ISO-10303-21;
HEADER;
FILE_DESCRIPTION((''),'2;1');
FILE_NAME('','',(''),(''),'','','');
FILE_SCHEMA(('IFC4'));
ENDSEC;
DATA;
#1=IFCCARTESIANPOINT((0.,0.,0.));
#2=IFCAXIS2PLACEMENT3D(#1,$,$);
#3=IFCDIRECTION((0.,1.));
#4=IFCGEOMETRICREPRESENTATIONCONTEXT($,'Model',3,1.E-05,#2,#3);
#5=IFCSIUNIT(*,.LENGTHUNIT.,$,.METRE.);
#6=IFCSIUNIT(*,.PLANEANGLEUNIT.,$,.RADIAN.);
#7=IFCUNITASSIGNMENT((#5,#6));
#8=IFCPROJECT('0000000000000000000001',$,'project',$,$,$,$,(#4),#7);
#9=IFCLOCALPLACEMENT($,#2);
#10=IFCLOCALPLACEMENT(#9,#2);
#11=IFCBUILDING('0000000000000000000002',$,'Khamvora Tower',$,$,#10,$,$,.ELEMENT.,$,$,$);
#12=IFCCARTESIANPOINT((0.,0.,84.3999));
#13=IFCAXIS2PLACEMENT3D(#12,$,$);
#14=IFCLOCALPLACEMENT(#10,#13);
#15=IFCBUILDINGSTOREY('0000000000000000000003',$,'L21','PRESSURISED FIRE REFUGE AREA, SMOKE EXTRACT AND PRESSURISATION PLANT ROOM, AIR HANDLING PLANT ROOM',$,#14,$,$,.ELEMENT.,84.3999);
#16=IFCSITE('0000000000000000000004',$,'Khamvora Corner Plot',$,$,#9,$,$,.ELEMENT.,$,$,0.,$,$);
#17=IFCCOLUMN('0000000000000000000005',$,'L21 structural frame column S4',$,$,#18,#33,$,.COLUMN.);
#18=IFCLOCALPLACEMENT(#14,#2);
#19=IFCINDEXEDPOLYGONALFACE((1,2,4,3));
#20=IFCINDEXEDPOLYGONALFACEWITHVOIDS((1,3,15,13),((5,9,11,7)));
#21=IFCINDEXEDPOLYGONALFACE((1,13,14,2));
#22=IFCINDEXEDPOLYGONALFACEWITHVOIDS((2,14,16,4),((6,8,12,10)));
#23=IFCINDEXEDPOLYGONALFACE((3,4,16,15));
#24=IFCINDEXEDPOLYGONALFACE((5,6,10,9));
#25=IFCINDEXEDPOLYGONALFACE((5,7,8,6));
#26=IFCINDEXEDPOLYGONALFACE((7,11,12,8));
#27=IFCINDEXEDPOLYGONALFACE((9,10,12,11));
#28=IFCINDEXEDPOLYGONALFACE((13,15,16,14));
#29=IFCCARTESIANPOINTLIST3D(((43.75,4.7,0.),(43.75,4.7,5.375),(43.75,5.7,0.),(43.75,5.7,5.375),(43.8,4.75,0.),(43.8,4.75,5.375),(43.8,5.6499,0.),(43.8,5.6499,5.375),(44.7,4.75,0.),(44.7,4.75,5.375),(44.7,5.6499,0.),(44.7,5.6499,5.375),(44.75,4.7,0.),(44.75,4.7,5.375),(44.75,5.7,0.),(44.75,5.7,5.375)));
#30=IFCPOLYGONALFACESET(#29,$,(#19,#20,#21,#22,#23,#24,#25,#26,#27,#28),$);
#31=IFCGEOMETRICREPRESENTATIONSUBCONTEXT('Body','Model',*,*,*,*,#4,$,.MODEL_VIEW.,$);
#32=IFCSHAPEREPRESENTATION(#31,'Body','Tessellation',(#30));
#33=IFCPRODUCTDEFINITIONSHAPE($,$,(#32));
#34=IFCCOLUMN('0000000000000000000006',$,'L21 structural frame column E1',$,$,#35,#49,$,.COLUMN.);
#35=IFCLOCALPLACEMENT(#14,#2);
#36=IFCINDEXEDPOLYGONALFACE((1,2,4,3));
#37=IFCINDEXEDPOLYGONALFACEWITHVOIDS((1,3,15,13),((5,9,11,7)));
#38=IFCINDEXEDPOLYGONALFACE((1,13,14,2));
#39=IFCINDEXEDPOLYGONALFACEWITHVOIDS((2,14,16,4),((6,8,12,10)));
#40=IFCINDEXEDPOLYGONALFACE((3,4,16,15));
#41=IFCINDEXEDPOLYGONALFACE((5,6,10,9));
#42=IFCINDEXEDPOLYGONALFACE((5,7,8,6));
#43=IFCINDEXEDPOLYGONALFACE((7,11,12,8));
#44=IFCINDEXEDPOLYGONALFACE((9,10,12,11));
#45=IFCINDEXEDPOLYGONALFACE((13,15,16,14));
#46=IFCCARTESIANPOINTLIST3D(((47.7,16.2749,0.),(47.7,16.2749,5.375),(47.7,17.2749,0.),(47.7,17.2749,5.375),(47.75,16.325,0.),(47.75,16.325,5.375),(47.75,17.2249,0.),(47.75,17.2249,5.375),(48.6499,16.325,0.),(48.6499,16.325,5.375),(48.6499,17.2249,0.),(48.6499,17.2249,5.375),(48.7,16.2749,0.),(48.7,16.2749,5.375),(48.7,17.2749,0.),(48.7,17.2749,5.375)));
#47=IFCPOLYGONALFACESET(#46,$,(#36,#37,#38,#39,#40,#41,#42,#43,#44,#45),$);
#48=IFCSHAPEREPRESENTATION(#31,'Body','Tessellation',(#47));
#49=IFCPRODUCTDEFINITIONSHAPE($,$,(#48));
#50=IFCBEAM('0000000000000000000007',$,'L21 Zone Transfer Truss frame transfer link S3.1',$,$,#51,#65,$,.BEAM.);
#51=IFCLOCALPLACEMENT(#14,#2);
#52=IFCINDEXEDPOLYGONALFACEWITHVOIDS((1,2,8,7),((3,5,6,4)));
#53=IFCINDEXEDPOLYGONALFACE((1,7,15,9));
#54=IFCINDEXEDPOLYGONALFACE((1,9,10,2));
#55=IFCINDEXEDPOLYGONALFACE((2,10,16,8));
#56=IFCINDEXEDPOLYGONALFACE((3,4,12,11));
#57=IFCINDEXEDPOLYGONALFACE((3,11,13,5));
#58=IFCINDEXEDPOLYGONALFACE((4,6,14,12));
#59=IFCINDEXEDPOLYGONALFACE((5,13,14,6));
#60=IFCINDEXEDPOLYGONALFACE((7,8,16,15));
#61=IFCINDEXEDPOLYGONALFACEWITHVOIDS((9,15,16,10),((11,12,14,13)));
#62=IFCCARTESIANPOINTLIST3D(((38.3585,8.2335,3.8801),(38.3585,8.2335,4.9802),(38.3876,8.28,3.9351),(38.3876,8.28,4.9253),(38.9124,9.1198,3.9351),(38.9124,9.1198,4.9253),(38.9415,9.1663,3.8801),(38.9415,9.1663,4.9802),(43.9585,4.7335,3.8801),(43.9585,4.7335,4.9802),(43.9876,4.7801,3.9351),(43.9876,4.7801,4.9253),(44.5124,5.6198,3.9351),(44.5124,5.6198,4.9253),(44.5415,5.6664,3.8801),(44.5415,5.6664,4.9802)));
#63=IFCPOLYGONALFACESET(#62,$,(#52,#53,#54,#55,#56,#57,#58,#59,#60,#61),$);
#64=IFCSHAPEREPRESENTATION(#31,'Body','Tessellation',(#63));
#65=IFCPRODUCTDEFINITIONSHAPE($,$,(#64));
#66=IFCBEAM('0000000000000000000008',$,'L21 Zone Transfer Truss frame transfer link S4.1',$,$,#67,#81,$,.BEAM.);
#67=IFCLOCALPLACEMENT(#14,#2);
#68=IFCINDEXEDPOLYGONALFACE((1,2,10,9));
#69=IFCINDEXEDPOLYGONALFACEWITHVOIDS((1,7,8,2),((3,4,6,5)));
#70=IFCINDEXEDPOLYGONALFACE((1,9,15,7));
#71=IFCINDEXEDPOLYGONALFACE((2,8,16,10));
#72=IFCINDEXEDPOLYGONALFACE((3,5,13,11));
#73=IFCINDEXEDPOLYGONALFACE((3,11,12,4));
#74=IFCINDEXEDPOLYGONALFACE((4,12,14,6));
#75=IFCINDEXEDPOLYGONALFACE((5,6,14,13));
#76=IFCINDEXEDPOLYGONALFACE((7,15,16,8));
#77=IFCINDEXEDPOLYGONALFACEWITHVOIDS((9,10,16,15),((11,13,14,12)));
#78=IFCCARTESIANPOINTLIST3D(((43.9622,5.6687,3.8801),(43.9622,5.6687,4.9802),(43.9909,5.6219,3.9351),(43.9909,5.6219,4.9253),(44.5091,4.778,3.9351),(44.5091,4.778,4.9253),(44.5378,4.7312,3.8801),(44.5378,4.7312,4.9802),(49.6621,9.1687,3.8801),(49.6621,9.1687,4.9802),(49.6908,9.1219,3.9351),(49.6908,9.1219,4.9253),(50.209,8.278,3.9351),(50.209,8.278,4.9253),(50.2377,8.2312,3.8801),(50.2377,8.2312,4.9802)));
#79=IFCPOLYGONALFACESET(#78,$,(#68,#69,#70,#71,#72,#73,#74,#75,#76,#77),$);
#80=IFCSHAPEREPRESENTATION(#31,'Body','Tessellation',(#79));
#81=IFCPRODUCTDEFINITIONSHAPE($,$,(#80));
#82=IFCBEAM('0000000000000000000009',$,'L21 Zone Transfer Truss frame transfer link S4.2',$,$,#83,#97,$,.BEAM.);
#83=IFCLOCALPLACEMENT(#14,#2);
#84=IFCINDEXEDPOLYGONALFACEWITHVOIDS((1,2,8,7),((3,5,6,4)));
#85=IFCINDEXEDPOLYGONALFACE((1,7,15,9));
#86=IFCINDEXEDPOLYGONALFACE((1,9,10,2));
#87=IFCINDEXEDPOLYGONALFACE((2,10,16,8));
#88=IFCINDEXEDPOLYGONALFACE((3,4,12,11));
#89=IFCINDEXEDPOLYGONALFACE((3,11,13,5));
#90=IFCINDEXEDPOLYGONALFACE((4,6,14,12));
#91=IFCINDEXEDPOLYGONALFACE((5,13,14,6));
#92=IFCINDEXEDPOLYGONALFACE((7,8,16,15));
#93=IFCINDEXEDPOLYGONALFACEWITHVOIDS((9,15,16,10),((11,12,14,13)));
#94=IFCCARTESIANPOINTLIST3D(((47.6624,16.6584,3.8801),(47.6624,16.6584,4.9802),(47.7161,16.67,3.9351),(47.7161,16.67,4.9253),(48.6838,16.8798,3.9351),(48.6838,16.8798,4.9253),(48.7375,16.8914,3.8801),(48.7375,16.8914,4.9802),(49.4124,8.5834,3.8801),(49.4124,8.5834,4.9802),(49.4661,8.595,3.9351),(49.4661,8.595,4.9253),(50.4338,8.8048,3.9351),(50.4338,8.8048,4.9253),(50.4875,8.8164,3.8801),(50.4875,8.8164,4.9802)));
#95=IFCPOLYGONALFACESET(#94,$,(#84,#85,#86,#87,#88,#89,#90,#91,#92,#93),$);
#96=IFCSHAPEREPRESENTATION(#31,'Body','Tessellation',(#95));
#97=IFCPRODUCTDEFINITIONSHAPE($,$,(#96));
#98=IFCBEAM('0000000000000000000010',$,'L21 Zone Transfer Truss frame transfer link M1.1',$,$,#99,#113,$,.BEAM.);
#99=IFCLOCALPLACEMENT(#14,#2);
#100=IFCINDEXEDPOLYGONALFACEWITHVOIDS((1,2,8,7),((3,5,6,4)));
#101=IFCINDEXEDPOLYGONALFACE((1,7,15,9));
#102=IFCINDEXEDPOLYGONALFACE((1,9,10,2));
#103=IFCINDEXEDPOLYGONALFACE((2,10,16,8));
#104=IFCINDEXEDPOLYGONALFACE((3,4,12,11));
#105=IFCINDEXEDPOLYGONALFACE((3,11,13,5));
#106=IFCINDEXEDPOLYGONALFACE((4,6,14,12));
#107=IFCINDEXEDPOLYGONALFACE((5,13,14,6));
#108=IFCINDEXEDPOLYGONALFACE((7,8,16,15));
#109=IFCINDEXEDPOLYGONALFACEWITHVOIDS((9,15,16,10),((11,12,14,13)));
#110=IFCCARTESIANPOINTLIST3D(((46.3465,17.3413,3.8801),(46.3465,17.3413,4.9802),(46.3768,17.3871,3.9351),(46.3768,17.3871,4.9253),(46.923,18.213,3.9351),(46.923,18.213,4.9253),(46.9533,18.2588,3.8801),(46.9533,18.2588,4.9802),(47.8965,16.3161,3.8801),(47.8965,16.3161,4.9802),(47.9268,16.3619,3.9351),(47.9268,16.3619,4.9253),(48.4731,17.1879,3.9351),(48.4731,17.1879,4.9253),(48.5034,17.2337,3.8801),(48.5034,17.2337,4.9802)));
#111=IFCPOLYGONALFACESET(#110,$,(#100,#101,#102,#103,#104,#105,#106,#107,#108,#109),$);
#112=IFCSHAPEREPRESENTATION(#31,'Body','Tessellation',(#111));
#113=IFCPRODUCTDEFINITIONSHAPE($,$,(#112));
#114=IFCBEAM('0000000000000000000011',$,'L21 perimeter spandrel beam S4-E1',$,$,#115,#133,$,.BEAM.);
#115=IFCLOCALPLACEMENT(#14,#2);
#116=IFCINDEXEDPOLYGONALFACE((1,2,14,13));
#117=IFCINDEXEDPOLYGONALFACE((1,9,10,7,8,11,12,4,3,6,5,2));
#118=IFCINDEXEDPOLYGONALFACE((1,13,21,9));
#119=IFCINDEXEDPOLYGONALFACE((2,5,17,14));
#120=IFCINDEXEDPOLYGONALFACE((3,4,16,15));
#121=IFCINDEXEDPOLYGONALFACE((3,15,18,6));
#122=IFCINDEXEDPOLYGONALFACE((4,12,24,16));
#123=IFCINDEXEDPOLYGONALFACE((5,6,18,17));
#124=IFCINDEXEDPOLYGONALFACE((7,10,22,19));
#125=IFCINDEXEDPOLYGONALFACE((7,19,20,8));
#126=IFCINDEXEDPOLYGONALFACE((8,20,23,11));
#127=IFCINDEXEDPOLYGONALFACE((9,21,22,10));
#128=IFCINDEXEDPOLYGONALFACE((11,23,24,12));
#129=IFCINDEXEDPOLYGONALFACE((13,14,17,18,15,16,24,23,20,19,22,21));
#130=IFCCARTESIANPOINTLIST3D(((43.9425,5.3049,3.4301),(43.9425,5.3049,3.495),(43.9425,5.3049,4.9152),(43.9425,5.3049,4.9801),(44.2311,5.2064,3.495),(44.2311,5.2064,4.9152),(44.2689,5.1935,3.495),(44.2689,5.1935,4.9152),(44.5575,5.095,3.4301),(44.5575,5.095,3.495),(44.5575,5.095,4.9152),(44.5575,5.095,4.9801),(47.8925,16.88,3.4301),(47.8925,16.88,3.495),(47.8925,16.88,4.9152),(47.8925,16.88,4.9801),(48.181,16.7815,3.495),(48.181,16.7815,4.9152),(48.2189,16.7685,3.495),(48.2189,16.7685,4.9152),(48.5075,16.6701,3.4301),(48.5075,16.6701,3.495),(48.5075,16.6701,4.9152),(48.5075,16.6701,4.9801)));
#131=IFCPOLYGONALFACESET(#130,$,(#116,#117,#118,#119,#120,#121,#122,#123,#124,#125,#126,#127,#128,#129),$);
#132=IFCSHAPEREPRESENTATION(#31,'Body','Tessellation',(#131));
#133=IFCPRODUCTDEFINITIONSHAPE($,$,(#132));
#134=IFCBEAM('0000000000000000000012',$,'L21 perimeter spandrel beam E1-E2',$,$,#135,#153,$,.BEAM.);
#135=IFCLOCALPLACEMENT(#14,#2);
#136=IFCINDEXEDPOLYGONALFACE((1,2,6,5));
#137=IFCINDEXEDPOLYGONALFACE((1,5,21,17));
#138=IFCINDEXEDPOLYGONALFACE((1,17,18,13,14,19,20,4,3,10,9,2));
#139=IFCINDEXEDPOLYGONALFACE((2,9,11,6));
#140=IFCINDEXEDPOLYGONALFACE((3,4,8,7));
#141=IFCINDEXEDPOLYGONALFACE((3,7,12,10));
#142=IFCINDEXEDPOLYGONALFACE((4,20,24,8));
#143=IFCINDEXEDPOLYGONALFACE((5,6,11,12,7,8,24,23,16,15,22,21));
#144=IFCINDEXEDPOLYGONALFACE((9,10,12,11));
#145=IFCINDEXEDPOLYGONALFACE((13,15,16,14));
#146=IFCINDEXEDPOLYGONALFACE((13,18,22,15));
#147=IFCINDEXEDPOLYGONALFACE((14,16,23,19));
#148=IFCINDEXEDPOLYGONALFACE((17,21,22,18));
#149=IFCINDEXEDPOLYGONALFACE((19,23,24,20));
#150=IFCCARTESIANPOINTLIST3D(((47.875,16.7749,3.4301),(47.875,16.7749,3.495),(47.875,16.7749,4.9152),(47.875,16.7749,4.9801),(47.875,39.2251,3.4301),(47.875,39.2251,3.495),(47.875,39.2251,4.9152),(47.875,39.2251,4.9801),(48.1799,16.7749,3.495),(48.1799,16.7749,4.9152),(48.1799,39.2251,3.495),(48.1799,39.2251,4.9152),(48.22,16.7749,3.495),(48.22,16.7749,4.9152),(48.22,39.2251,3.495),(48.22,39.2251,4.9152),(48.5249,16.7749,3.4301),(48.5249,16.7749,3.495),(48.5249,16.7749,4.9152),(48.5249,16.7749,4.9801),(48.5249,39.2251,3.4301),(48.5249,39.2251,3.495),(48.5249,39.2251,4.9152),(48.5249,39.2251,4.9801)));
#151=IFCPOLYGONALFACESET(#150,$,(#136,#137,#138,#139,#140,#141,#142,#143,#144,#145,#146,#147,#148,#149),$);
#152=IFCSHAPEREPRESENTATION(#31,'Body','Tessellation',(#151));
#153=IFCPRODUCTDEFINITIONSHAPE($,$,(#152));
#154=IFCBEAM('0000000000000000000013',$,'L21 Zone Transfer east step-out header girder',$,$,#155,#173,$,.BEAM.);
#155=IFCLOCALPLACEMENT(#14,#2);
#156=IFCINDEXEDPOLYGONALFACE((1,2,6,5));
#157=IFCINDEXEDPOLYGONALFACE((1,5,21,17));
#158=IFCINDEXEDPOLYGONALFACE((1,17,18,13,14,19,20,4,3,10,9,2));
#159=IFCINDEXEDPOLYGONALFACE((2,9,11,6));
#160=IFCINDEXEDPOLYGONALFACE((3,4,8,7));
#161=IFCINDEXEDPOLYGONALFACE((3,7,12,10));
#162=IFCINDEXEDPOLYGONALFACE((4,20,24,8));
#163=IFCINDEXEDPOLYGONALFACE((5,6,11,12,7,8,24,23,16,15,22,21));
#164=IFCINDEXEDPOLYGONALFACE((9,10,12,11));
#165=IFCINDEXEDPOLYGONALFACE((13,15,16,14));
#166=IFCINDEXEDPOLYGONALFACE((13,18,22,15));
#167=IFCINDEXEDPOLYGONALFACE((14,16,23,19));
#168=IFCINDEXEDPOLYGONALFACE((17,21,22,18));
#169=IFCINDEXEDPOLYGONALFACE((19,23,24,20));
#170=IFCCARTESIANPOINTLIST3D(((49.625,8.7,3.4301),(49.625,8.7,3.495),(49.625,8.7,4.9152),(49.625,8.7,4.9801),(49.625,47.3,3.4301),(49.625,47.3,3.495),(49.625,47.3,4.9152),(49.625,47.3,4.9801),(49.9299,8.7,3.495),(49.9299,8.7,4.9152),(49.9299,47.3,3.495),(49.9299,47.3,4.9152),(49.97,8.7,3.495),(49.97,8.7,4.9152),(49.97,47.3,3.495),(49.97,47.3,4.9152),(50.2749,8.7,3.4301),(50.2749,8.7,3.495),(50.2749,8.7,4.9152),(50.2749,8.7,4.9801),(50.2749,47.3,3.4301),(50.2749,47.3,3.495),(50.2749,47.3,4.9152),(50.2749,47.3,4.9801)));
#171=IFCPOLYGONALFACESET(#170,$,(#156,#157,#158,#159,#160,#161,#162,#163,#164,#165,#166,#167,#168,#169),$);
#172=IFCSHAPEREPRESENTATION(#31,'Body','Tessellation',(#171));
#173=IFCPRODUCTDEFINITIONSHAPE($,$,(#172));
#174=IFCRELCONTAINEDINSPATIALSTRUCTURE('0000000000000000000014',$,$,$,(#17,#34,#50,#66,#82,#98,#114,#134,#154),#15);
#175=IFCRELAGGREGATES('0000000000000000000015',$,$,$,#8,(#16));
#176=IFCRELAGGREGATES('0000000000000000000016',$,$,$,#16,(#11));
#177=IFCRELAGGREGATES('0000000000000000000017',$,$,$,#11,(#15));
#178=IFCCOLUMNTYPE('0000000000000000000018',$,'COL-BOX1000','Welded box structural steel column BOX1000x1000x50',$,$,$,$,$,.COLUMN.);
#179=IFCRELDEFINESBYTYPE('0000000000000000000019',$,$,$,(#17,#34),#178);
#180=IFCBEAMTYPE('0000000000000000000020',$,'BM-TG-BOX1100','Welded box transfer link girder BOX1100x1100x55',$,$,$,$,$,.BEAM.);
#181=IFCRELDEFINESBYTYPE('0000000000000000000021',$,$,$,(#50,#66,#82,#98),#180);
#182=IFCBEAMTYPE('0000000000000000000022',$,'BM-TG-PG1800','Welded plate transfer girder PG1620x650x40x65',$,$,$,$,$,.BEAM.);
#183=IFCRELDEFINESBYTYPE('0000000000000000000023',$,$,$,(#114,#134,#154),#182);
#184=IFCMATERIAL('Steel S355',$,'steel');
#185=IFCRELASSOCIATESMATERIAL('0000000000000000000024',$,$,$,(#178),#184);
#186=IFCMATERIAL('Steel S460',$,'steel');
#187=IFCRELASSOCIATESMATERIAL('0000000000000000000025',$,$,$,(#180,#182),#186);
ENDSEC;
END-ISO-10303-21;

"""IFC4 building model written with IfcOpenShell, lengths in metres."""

from ifc_helpers import new_model, si_unit, direction, frame, origin, origin_2d, place, context, subcontext, project, spatial, hollow_rectangle, i_section, extrude, material, material_profile, profile_set, type_object, element, save


model = new_model("IFC4")

# Units and contexts
model_context = context("Model", 3, precision=1e-05, world=origin(), true_north=direction((0.0, 1.0)))
body_context = subcontext(model_context, "Body", "Model", "MODEL_VIEW")
ifc_project = project(units=[si_unit("LENGTHUNIT", "METRE"), si_unit("PLANEANGLEUNIT", "RADIAN")], contexts=[model_context])

# Site, building, storey
site_placement = place(None, origin())
site = spatial("IfcSite", under=ifc_project, at=site_placement, Name="Khamvora Corner Plot", CompositionType="ELEMENT", RefElevation=0.0)
building_placement = place(site_placement, origin())
building = spatial("IfcBuilding", under=site, at=building_placement, Name="Khamvora Tower", CompositionType="ELEMENT")
storey_placement = place(building_placement, frame((0.0, 0.0, 84.3999)))
storey = spatial("IfcBuildingStorey", under=building, at=storey_placement, Name="L21", Description="PRESSURISED FIRE REFUGE AREA, SMOKE EXTRACT AND PRESSURISATION PLANT ROOM, AIR HANDLING PLANT ROOM", CompositionType="ELEMENT", Elevation=84.3999)

# Columns
ifc_material_1 = material(Name="Steel S355", Category="steel")
ifc_material_profile_1 = material_profile(ifc_material_1, hollow_rectangle(XDim=1.0, YDim=1.0, WallThickness=0.05, at=origin_2d()), Name="BOX1000x1000x50")
ifc_profile_set_1 = profile_set([ifc_material_profile_1], Name="Steel S355")
column_type = type_object("IfcColumnType", Name="COL-BOX1000", Description="Welded box structural steel column BOX1000x1000x50", PredefinedType="COLUMN", material=ifc_profile_set_1)
for number, where, z_axis, x_axis, name in (
    (1, (44.25, 5.2, 0.0), (0.0, 0.0, 1.0), (1.0, 0.0, 0.0), "L21 structural frame column S4"),
    (2, (48.2, 16.7749, 0.0), (0.0, 0.0, 1.0), (1.0, 0.0, 0.0), "L21 structural frame column E1"),
):
    element("IfcColumn", number, at=place(storey_placement, frame(where, z_axis=z_axis, x_axis=x_axis)), inside=storey, type_object=column_type, Name=name, PredefinedType="COLUMN", context=body_context, shape_type="SweptSolid", body=[
        extrude(hollow_rectangle(XDim=1.0, YDim=1.0, WallThickness=0.05, at=origin_2d()), origin(), (0.0, 0.0, 1.0), 5.375),
    ])

# Beams
ifc_material_2 = material(Name="Steel S460", Category="steel")
ifc_material_profile_2 = material_profile(ifc_material_2, hollow_rectangle(XDim=1.1001, YDim=1.1001, WallThickness=0.0549, at=origin_2d()), Name="BOX1100x1100x55")
ifc_profile_set_2 = profile_set([ifc_material_profile_2], Name="Steel S460")
beam_type_1 = type_object("IfcBeamType", Name="BM-TG-BOX1100", Description="Welded box transfer link girder BOX1100x1100x55", PredefinedType="BEAM", material=ifc_profile_set_2)
beam_1_placement = place(storey_placement, frame((44.25, 5.2, 4.4302), z_axis=(-0.848002, 0.529992, 0.0), x_axis=(-0.529992, -0.848002, 0.0)))
element("IfcBeam", 3, at=beam_1_placement, inside=storey, type_object=beam_type_1, Name="L21 Zone Transfer Truss frame transfer link S3.1", PredefinedType="BEAM", context=body_context, shape_type="SweptSolid", body=[
    extrude(hollow_rectangle(XDim=1.1001, YDim=1.1001, WallThickness=0.0549, at=origin_2d()), origin(), (0.0, 0.0, 1.0), 6.6038),
])
beam_2_placement = place(storey_placement, frame((44.25, 5.2, 4.4302), z_axis=(0.852169, 0.523266, 0.0), x_axis=(-0.523266, 0.852169, 0.0)))
element("IfcBeam", 4, at=beam_2_placement, inside=storey, type_object=beam_type_1, Name="L21 Zone Transfer Truss frame transfer link S4.1", PredefinedType="BEAM", context=body_context, shape_type="SweptSolid", body=[
    extrude(hollow_rectangle(XDim=1.1001, YDim=1.1001, WallThickness=0.0549, at=origin_2d()), origin(), (0.0, 0.0, 1.0), 6.6887),
])
beam_3_placement = place(storey_placement, frame((48.2, 16.7749, 4.4302), z_axis=(0.211803, -0.977312, 0.0), x_axis=(0.977312, 0.211803, 0.0)))
element("IfcBeam", 5, at=beam_3_placement, inside=storey, type_object=beam_type_1, Name="L21 Zone Transfer Truss frame transfer link S4.2", PredefinedType="BEAM", context=body_context, shape_type="SweptSolid", body=[
    extrude(hollow_rectangle(XDim=1.1001, YDim=1.1001, WallThickness=0.0549, at=origin_2d()), origin(), (0.0, 0.0, 1.0), 8.2625),
])
beam_4_placement = place(storey_placement, frame((48.2, 16.7749, 4.4302), z_axis=(-0.834086, 0.551634, 0.0), x_axis=(-0.551634, -0.834086, 0.0)))
element("IfcBeam", 6, at=beam_4_placement, inside=storey, type_object=beam_type_1, Name="L21 Zone Transfer Truss frame transfer link M1.1", PredefinedType="BEAM", context=body_context, shape_type="SweptSolid", body=[
    extrude(hollow_rectangle(XDim=1.1001, YDim=1.1001, WallThickness=0.0549, at=origin_2d()), origin(), (0.0, 0.0, 1.0), 1.8584),
])
ifc_material_profile_3 = material_profile(ifc_material_2, i_section(OverallWidth=0.6499, OverallDepth=1.55, WebThickness=0.04, FlangeThickness=0.0649, at=origin_2d()), Name="PG1550x650x40x65")
ifc_profile_set_3 = profile_set([ifc_material_profile_3], Name="Steel S460")
beam_type_2 = type_object("IfcBeamType", Name="BM-TG-PG1800", Description="Welded plate transfer girder PG1620x650x40x65", PredefinedType="BEAM", material=ifc_profile_set_3)
beam_5_placement = place(storey_placement, frame((44.25, 5.2, 4.2051), z_axis=(0.322963, 0.946412, 0.0), x_axis=(-0.946412, 0.322963, 0.0)))
element("IfcBeam", 7, at=beam_5_placement, inside=storey, type_object=beam_type_2, Name="L21 perimeter spandrel beam S4-E1", PredefinedType="BEAM", context=body_context, shape_type="SweptSolid", body=[
    extrude(i_section(OverallWidth=0.6499, OverallDepth=1.55, WebThickness=0.04, FlangeThickness=0.0649, at=origin_2d()), origin(), (0.0, 0.0, 1.0), 12.2305),
])
beam_6_placement = place(storey_placement, frame((48.2, 16.7749, 4.2051), z_axis=(0.0, 1.0, 0.0), x_axis=(-1.0, 0.0, 0.0)))
element("IfcBeam", 8, at=beam_6_placement, inside=storey, type_object=beam_type_2, Name="L21 perimeter spandrel beam E1-E2", PredefinedType="BEAM", context=body_context, shape_type="SweptSolid", body=[
    extrude(i_section(OverallWidth=0.6499, OverallDepth=1.55, WebThickness=0.04, FlangeThickness=0.0649, at=origin_2d()), origin(), (0.0, 0.0, 1.0), 22.4502),
])
beam_7_placement = place(storey_placement, frame((49.95, 8.7, 4.2051), z_axis=(0.0, 1.0, 0.0), x_axis=(-1.0, 0.0, 0.0)))
element("IfcBeam", 9, at=beam_7_placement, inside=storey, type_object=beam_type_2, Name="L21 Zone Transfer east step-out header girder", PredefinedType="BEAM", context=body_context, shape_type="SweptSolid", body=[
    extrude(i_section(OverallWidth=0.6499, OverallDepth=1.55, WebThickness=0.04, FlangeThickness=0.0649, at=origin_2d()), origin(), (0.0, 0.0, 1.0), 38.6001),
])

save(model, "model.ifc")
